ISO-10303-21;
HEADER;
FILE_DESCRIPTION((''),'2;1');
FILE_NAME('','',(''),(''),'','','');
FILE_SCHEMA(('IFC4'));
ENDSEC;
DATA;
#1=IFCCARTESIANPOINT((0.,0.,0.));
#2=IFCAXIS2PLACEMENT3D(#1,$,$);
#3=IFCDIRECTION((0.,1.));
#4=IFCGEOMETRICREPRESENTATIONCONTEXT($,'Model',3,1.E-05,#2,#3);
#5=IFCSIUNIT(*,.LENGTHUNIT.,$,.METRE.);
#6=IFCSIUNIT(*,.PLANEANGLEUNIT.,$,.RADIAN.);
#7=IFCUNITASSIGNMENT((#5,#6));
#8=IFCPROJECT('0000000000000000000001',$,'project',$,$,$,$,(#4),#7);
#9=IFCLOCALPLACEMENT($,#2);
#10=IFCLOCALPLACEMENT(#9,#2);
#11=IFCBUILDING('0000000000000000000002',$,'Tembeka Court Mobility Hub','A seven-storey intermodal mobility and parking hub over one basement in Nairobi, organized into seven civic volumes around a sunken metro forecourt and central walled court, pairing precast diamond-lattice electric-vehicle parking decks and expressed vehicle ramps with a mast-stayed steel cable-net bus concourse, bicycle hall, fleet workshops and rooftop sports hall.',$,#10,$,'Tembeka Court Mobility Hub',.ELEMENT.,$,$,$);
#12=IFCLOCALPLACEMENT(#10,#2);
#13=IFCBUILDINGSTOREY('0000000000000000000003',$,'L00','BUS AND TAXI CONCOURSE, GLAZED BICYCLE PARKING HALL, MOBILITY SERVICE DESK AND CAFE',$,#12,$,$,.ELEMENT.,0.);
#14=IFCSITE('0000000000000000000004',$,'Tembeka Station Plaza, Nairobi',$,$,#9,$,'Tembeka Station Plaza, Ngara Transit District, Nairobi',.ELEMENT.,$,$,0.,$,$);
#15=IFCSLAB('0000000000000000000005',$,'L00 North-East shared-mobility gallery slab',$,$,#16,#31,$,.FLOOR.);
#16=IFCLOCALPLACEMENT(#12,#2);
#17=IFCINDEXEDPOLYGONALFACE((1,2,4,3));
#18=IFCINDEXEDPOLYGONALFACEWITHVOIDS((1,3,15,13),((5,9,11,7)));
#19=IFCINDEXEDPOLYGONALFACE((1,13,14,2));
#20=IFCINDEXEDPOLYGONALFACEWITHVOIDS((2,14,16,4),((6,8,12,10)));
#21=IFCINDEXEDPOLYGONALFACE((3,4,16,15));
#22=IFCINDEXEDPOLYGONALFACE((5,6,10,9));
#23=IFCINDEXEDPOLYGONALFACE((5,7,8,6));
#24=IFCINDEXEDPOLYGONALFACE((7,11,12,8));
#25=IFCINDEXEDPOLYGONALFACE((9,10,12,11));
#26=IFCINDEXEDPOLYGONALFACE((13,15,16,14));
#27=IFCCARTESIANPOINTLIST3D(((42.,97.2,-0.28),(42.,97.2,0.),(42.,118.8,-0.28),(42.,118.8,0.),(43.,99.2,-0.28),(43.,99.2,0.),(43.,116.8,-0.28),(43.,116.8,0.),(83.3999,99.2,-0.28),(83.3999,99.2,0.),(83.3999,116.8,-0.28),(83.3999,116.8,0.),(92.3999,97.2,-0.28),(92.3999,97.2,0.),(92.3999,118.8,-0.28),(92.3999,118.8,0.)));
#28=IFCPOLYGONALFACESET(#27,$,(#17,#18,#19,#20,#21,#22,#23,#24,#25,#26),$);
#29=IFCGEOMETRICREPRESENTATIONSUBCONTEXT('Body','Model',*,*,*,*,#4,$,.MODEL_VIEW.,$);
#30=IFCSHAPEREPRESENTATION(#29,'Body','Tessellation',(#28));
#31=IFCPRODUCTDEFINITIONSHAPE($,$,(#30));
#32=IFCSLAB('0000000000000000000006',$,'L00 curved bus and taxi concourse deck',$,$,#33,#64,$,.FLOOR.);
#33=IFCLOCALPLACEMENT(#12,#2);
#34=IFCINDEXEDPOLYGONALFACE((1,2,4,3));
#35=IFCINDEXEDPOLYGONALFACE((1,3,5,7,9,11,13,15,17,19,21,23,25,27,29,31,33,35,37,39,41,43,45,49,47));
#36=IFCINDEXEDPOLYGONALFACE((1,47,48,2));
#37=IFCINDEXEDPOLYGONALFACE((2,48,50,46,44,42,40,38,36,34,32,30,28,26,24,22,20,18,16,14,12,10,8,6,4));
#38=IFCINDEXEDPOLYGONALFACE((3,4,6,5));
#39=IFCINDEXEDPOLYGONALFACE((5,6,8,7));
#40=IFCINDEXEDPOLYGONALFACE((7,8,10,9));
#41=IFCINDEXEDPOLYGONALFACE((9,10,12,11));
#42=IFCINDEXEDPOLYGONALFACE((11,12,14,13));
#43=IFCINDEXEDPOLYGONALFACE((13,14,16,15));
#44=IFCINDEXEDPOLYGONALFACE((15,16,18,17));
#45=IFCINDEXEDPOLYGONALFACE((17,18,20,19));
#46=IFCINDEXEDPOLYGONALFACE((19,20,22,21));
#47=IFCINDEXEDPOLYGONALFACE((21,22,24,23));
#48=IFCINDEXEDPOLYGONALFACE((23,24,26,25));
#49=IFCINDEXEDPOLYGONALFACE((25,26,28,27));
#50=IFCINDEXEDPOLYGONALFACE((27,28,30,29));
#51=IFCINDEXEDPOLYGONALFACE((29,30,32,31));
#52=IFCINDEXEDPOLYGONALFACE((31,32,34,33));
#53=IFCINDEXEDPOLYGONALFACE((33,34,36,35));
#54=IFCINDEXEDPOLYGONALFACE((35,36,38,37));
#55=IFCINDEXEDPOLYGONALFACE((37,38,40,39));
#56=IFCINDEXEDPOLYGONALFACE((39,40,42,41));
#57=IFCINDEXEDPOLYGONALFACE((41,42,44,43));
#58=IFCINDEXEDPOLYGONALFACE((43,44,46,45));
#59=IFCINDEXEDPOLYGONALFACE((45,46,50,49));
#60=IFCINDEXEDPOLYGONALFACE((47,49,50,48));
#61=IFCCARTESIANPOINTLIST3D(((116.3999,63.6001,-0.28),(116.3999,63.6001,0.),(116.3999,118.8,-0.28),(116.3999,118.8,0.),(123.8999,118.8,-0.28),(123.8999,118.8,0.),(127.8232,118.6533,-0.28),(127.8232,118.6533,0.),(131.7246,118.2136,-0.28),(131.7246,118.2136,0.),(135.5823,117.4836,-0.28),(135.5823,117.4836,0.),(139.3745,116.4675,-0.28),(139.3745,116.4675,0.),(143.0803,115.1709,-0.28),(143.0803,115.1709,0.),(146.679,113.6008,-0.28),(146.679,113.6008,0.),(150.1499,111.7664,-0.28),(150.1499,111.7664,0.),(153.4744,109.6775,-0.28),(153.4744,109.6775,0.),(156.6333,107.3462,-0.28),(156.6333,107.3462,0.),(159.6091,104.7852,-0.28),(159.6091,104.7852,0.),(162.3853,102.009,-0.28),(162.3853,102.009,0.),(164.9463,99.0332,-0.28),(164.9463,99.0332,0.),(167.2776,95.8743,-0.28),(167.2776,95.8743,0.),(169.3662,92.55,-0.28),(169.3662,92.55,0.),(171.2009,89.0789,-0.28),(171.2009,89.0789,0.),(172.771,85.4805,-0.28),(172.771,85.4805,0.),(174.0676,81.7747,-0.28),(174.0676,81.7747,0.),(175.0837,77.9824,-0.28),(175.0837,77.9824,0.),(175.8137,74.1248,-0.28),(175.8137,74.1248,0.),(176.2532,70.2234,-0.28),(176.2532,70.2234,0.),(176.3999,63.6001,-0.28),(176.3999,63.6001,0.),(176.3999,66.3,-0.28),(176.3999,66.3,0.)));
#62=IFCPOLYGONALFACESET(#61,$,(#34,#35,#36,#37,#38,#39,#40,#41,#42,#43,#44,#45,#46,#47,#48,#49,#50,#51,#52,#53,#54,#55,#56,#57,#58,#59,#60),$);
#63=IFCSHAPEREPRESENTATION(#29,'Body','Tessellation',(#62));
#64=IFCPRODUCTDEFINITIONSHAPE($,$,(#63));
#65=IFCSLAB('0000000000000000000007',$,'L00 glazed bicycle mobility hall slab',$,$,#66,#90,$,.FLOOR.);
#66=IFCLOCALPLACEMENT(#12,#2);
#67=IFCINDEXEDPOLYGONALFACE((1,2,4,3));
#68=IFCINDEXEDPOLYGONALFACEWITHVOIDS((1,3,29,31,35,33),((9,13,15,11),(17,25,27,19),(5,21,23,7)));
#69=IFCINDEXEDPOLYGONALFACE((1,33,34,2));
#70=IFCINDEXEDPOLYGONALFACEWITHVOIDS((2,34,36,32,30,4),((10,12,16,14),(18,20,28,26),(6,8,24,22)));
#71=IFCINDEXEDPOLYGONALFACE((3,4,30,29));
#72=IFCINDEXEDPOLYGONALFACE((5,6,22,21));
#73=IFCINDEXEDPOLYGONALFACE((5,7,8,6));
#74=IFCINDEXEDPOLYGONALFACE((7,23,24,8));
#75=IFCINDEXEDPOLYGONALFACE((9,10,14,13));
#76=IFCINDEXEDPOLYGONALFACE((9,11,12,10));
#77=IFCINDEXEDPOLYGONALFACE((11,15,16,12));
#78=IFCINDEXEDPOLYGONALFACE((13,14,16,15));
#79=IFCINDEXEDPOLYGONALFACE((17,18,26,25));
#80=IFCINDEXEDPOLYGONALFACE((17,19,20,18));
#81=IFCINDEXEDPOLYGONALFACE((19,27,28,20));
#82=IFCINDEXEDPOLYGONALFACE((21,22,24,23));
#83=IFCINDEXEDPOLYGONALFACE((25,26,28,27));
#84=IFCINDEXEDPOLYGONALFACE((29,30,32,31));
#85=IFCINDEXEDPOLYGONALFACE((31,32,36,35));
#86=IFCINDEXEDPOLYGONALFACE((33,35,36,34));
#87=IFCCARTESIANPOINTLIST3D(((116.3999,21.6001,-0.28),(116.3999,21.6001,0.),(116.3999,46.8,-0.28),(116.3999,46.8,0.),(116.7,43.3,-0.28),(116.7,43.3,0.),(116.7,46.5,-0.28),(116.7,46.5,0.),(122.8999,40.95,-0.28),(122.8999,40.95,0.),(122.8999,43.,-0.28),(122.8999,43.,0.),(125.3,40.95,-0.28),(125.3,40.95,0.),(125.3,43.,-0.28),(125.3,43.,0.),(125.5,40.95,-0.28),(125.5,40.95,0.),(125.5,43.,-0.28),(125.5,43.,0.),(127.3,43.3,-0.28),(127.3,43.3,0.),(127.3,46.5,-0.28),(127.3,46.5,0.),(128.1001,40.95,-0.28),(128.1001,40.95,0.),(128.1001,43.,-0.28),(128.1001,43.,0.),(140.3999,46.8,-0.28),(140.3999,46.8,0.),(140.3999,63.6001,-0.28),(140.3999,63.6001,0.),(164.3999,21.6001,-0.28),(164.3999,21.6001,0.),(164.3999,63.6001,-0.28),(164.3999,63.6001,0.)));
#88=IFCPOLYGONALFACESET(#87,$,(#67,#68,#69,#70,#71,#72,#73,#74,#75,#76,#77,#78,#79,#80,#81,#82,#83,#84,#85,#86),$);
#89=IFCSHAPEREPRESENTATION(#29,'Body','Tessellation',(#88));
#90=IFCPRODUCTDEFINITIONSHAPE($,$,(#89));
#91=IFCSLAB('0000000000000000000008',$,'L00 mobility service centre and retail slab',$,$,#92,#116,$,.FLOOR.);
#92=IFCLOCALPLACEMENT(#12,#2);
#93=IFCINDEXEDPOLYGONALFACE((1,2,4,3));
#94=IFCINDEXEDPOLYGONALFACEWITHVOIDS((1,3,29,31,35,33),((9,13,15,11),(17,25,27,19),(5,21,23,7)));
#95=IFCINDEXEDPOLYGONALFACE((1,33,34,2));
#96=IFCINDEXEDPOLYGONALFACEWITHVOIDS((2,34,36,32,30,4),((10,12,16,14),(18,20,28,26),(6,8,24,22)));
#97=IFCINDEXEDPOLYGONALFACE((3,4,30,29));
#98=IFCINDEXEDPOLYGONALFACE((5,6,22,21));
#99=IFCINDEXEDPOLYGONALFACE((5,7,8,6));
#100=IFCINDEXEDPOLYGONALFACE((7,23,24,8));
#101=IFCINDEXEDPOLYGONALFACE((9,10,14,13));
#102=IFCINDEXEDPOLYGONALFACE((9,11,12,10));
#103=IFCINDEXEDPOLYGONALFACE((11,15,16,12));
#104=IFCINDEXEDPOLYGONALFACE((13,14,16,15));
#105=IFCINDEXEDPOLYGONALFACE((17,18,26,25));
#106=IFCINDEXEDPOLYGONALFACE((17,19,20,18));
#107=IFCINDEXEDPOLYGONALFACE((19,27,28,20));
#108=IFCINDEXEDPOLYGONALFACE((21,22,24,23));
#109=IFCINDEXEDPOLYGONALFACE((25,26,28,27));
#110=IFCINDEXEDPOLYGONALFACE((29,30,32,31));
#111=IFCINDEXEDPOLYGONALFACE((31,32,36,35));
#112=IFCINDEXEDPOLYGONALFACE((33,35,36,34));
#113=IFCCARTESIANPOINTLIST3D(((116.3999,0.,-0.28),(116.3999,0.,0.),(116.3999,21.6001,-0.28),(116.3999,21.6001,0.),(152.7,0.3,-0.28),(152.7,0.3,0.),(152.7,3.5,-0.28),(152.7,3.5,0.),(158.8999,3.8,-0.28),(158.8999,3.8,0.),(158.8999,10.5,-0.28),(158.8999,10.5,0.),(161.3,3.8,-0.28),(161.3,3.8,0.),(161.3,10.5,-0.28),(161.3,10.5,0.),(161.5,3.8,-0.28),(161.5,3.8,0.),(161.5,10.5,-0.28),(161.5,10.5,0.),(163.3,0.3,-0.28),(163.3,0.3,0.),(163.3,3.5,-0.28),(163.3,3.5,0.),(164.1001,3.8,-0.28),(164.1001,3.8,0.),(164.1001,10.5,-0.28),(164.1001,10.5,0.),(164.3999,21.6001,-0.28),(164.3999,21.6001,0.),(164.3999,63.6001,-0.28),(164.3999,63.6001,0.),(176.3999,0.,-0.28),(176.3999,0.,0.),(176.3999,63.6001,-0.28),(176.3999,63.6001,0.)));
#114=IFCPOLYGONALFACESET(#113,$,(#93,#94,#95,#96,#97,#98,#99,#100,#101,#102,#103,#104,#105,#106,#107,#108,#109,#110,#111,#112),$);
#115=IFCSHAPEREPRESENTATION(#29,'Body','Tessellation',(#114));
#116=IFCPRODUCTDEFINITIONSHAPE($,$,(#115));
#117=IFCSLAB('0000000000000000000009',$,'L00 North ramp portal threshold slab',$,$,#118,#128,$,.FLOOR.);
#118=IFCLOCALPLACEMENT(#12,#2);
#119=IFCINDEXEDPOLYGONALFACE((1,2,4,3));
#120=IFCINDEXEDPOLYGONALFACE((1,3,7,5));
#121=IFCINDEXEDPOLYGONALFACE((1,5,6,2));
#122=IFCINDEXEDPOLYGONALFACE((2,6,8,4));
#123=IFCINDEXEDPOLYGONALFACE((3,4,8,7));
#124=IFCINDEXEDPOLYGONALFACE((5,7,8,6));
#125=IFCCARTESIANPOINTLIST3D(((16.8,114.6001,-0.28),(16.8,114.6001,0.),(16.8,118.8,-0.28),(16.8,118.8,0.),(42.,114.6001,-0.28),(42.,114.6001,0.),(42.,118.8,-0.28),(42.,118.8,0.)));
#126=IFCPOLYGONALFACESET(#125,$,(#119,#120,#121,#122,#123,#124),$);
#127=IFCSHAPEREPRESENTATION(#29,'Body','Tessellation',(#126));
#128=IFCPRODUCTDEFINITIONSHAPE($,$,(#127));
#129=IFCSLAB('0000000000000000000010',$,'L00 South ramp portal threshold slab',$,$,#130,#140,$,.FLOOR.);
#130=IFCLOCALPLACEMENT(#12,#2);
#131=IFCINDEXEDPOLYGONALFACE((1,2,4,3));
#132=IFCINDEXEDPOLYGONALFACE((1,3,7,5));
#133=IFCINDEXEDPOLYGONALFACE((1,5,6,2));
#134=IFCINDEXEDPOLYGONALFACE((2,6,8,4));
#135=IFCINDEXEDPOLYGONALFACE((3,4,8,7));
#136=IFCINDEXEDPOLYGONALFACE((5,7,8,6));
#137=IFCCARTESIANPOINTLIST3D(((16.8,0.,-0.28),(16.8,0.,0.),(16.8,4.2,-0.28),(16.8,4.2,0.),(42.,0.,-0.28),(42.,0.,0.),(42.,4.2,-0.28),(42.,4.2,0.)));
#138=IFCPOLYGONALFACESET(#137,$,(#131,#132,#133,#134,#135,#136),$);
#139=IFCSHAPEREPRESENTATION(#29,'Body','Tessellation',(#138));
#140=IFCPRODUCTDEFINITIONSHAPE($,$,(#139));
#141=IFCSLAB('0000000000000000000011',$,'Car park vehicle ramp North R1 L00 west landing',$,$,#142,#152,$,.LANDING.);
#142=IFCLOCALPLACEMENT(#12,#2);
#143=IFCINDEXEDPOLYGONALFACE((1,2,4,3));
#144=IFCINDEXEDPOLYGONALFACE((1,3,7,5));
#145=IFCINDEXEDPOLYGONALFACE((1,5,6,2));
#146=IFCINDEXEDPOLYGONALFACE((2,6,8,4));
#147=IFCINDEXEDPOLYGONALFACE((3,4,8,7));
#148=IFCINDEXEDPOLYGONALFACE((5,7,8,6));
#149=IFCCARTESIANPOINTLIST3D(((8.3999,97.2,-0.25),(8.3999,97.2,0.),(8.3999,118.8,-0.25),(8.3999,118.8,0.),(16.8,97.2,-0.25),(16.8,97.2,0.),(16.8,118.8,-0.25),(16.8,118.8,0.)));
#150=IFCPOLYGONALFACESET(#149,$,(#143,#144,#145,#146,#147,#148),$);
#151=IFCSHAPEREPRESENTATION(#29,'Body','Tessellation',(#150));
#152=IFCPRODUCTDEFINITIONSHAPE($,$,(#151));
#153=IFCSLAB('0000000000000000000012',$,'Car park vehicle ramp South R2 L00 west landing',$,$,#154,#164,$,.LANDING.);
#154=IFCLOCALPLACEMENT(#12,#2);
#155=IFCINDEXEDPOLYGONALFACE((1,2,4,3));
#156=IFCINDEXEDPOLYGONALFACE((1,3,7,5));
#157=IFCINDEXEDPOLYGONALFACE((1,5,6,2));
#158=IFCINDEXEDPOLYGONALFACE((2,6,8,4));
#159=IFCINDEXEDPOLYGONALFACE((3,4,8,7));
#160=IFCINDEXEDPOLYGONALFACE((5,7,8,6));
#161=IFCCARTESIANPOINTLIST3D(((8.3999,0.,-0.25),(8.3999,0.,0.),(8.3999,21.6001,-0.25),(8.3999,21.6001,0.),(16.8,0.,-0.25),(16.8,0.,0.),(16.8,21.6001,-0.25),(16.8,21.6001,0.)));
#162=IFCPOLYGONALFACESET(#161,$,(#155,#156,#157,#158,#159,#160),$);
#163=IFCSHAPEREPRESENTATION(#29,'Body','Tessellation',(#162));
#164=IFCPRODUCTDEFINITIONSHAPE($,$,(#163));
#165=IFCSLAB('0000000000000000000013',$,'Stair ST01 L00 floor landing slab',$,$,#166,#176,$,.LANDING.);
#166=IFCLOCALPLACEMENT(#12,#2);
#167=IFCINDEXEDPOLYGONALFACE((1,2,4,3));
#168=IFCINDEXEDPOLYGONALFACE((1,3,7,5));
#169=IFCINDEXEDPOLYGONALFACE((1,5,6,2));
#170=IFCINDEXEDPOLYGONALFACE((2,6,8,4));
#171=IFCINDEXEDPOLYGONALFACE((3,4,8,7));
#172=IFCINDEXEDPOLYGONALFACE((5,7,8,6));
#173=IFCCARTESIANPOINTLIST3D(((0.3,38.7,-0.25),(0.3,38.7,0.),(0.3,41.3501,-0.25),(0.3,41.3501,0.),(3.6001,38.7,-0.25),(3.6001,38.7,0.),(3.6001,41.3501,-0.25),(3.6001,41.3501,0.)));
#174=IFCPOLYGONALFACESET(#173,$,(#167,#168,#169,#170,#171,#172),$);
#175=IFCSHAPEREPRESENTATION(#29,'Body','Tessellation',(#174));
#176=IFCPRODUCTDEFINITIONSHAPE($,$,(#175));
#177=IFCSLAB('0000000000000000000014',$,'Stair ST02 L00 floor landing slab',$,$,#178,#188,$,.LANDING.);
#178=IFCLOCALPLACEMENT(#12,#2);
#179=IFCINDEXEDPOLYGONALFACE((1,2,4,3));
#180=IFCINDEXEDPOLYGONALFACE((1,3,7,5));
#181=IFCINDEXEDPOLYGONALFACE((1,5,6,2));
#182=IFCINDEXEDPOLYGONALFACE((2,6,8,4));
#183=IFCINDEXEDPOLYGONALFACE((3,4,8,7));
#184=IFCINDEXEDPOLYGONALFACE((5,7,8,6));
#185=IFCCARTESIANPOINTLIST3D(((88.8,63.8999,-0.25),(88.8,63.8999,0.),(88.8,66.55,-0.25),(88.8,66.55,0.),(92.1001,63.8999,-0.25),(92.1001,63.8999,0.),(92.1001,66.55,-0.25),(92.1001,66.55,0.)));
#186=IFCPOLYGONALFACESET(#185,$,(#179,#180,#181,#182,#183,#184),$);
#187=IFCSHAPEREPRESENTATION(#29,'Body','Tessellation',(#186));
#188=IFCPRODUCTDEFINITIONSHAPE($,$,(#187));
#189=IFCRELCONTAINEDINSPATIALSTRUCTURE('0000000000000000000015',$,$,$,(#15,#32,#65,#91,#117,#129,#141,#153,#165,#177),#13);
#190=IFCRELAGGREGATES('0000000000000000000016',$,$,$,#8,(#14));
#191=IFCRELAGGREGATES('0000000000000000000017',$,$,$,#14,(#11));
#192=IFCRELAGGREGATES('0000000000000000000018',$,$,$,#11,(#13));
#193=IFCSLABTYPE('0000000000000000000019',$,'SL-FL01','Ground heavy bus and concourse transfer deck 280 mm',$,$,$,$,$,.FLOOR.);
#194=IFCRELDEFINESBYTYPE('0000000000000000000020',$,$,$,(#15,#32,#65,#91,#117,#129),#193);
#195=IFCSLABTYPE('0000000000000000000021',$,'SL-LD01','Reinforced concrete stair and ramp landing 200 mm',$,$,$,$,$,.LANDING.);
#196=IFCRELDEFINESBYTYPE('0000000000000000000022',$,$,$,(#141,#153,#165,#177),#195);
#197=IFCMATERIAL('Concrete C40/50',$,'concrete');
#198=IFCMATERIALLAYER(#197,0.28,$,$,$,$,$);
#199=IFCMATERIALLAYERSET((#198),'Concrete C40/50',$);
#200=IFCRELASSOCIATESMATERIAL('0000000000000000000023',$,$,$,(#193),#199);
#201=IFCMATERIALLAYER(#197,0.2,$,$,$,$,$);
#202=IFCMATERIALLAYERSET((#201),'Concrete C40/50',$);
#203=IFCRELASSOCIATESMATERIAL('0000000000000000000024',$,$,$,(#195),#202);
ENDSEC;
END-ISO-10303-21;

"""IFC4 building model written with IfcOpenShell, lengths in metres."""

from ifc_helpers import new_model, si_unit, direction, frame, origin, place, context, subcontext, project, spatial, polyline, outline, extrude, material, layer, layer_set, type_object, element, save


model = new_model("IFC4")

# Units and contexts
model_context = context("Model", 3, precision=1e-05, world=origin(), true_north=direction((0.0, 1.0)))
body_context = subcontext(model_context, "Body", "Model", "MODEL_VIEW")
ifc_project = project(units=[si_unit("LENGTHUNIT", "METRE"), si_unit("PLANEANGLEUNIT", "RADIAN")], contexts=[model_context])

# Site, building, storey
site_placement = place(None, origin())
site = spatial("IfcSite", under=ifc_project, at=site_placement, Name="Tembeka Station Plaza, Nairobi", LongName="Tembeka Station Plaza, Ngara Transit District, Nairobi", CompositionType="ELEMENT", RefElevation=0.0)
building_placement = place(site_placement, origin())
building = spatial("IfcBuilding", under=site, at=building_placement, Name="Tembeka Court Mobility Hub", Description="A seven-storey intermodal mobility and parking hub over one basement in Nairobi, organized into seven civic volumes around a sunken metro forecourt and central walled court, pairing precast diamond-lattice electric-vehicle parking decks and expressed vehicle ramps with a mast-stayed steel cable-net bus concourse, bicycle hall, fleet workshops and rooftop sports hall.", LongName="Tembeka Court Mobility Hub", CompositionType="ELEMENT")
storey_placement = place(building_placement, origin())
storey = spatial("IfcBuildingStorey", under=building, at=storey_placement, Name="L00", Description="BUS AND TAXI CONCOURSE, GLAZED BICYCLE PARKING HALL, MOBILITY SERVICE DESK AND CAFE", CompositionType="ELEMENT", Elevation=0.0)

# Slabs
ifc_material_1 = material(Name="Concrete C40/50", Category="concrete")
ifc_layer_1 = layer(ifc_material_1, 0.28)
ifc_layer_set_1 = layer_set([ifc_layer_1], Name="Concrete C40/50")
slab_type_1 = type_object("IfcSlabType", Name="SL-FL01", Description="Ground heavy bus and concourse transfer deck 280 mm", PredefinedType="FLOOR", material=ifc_layer_set_1)
slab_1_placement = place(storey_placement, frame((0.0, 0.0, -0.28)))
element("IfcSlab", 1, at=slab_1_placement, inside=storey, type_object=slab_type_1, Name="L00 North-East shared-mobility gallery slab", PredefinedType="FLOOR", context=body_context, shape_type="SweptSolid", body=[
    extrude(outline(polyline([(42.0, 97.2), (92.3999, 97.2), (92.3999, 118.8), (42.0, 118.8), (42.0, 97.2)]), holes=[polyline([(43.0, 116.8), (83.3999, 116.8), (83.3999, 99.2), (43.0, 99.2), (43.0, 116.8)])]), origin(), (0.0, 0.0, 1.0), 0.28),
])
slab_2_placement = place(storey_placement, frame((0.0, 0.0, -0.28)))
element("IfcSlab", 2, at=slab_2_placement, inside=storey, type_object=slab_type_1, Name="L00 curved bus and taxi concourse deck", PredefinedType="FLOOR", context=body_context, shape_type="SweptSolid", body=[
    extrude(outline(polyline([(116.3999, 63.6001), (176.3999, 63.6001), (176.3999, 66.3), (176.2532, 70.2234), (175.8137, 74.1248), (175.0837, 77.9824), (174.0676, 81.7747), (172.771, 85.4805), (171.2009, 89.0789), (169.3662, 92.55), (167.2776, 95.8743), (164.9463, 99.0332), (162.3853, 102.009), (159.6091, 104.7852), (156.6333, 107.3462), (153.4744, 109.6775), (150.1499, 111.7664), (146.679, 113.6008), (143.0803, 115.1709), (139.3745, 116.4675), (135.5823, 117.4836), (131.7246, 118.2136), (127.8232, 118.6533), (123.8999, 118.8), (116.3999, 118.8), (116.3999, 63.6001)])), origin(), (0.0, 0.0, 1.0), 0.28),
])
slab_3_placement = place(storey_placement, frame((0.0, 0.0, -0.28)))
element("IfcSlab", 3, at=slab_3_placement, inside=storey, type_object=slab_type_1, Name="L00 glazed bicycle mobility hall slab", PredefinedType="FLOOR", context=body_context, shape_type="SweptSolid", body=[
    extrude(outline(polyline([(116.3999, 21.6001), (164.3999, 21.6001), (164.3999, 63.6001), (140.3999, 63.6001), (140.3999, 46.8), (116.3999, 46.8), (116.3999, 21.6001)]), holes=[polyline([(116.7, 46.5), (127.3, 46.5), (127.3, 43.3), (116.7, 43.3), (116.7, 46.5)]), polyline([(122.8999, 43.0), (125.3, 43.0), (125.3, 40.95), (122.8999, 40.95), (122.8999, 43.0)]), polyline([(125.5, 43.0), (128.1001, 43.0), (128.1001, 40.95), (125.5, 40.95), (125.5, 43.0)])]), origin(), (0.0, 0.0, 1.0), 0.28),
])
slab_4_placement = place(storey_placement, frame((0.0, 0.0, -0.28)))
element("IfcSlab", 4, at=slab_4_placement, inside=storey, type_object=slab_type_1, Name="L00 mobility service centre and retail slab", PredefinedType="FLOOR", context=body_context, shape_type="SweptSolid", body=[
    extrude(outline(polyline([(116.3999, 0.0), (176.3999, 0.0), (176.3999, 63.6001), (164.3999, 63.6001), (164.3999, 21.6001), (116.3999, 21.6001), (116.3999, 0.0)]), holes=[polyline([(152.7, 3.5), (163.3, 3.5), (163.3, 0.3), (152.7, 0.3), (152.7, 3.5)]), polyline([(158.8999, 10.5), (161.3, 10.5), (161.3, 3.8), (158.8999, 3.8), (158.8999, 10.5)]), polyline([(161.5, 10.5), (164.1001, 10.5), (164.1001, 3.8), (161.5, 3.8), (161.5, 10.5)])]), origin(), (0.0, 0.0, 1.0), 0.28),
])
slab_5_placement = place(storey_placement, frame((0.0, 0.0, -0.28)))
element("IfcSlab", 5, at=slab_5_placement, inside=storey, type_object=slab_type_1, Name="L00 North ramp portal threshold slab", PredefinedType="FLOOR", context=body_context, shape_type="SweptSolid", body=[
    extrude(outline(polyline([(16.8, 114.6001), (42.0, 114.6001), (42.0, 118.8), (16.8, 118.8), (16.8, 114.6001)])), origin(), (0.0, 0.0, 1.0), 0.28),
])
slab_6_placement = place(storey_placement, frame((0.0, 0.0, -0.28)))
element("IfcSlab", 6, at=slab_6_placement, inside=storey, type_object=slab_type_1, Name="L00 South ramp portal threshold slab", PredefinedType="FLOOR", context=body_context, shape_type="SweptSolid", body=[
    extrude(outline(polyline([(16.8, 0.0), (42.0, 0.0), (42.0, 4.2), (16.8, 4.2), (16.8, 0.0)])), origin(), (0.0, 0.0, 1.0), 0.28),
])
ifc_layer_2 = layer(ifc_material_1, 0.2)
ifc_layer_set_2 = layer_set([ifc_layer_2], Name="Concrete C40/50")
slab_type_2 = type_object("IfcSlabType", Name="SL-LD01", Description="Reinforced concrete stair and ramp landing 200 mm", PredefinedType="LANDING", material=ifc_layer_set_2)
slab_7_placement = place(storey_placement, frame((0.0, 0.0, -0.25)))
element("IfcSlab", 7, at=slab_7_placement, inside=storey, type_object=slab_type_2, Name="Car park vehicle ramp North R1 L00 west landing", PredefinedType="LANDING", context=body_context, shape_type="SweptSolid", body=[
    extrude(outline(polyline([(8.3999, 97.2), (16.8, 97.2), (16.8, 118.8), (8.3999, 118.8), (8.3999, 97.2)])), origin(), (0.0, 0.0, 1.0), 0.25),
])
slab_8_placement = place(storey_placement, frame((0.0, 0.0, -0.25)))
element("IfcSlab", 8, at=slab_8_placement, inside=storey, type_object=slab_type_2, Name="Car park vehicle ramp South R2 L00 west landing", PredefinedType="LANDING", context=body_context, shape_type="SweptSolid", body=[
    extrude(outline(polyline([(8.3999, 0.0), (16.8, 0.0), (16.8, 21.6001), (8.3999, 21.6001), (8.3999, 0.0)])), origin(), (0.0, 0.0, 1.0), 0.25),
])
slab_9_placement = place(storey_placement, frame((0.0, 0.0, -0.25)))
element("IfcSlab", 9, at=slab_9_placement, inside=storey, type_object=slab_type_2, Name="Stair ST01 L00 floor landing slab", PredefinedType="LANDING", context=body_context, shape_type="SweptSolid", body=[
    extrude(outline(polyline([(0.3, 38.7), (3.6001, 38.7), (3.6001, 41.3501), (0.3, 41.3501), (0.3, 38.7)])), origin(), (0.0, 0.0, 1.0), 0.25),
])
slab_10_placement = place(storey_placement, frame((0.0, 0.0, -0.25)))
element("IfcSlab", 10, at=slab_10_placement, inside=storey, type_object=slab_type_2, Name="Stair ST02 L00 floor landing slab", PredefinedType="LANDING", context=body_context, shape_type="SweptSolid", body=[
    extrude(outline(polyline([(88.8, 63.8999), (92.1001, 63.8999), (92.1001, 66.55), (88.8, 66.55), (88.8, 63.8999)])), origin(), (0.0, 0.0, 1.0), 0.25),
])

save(model, "model.ifc")
